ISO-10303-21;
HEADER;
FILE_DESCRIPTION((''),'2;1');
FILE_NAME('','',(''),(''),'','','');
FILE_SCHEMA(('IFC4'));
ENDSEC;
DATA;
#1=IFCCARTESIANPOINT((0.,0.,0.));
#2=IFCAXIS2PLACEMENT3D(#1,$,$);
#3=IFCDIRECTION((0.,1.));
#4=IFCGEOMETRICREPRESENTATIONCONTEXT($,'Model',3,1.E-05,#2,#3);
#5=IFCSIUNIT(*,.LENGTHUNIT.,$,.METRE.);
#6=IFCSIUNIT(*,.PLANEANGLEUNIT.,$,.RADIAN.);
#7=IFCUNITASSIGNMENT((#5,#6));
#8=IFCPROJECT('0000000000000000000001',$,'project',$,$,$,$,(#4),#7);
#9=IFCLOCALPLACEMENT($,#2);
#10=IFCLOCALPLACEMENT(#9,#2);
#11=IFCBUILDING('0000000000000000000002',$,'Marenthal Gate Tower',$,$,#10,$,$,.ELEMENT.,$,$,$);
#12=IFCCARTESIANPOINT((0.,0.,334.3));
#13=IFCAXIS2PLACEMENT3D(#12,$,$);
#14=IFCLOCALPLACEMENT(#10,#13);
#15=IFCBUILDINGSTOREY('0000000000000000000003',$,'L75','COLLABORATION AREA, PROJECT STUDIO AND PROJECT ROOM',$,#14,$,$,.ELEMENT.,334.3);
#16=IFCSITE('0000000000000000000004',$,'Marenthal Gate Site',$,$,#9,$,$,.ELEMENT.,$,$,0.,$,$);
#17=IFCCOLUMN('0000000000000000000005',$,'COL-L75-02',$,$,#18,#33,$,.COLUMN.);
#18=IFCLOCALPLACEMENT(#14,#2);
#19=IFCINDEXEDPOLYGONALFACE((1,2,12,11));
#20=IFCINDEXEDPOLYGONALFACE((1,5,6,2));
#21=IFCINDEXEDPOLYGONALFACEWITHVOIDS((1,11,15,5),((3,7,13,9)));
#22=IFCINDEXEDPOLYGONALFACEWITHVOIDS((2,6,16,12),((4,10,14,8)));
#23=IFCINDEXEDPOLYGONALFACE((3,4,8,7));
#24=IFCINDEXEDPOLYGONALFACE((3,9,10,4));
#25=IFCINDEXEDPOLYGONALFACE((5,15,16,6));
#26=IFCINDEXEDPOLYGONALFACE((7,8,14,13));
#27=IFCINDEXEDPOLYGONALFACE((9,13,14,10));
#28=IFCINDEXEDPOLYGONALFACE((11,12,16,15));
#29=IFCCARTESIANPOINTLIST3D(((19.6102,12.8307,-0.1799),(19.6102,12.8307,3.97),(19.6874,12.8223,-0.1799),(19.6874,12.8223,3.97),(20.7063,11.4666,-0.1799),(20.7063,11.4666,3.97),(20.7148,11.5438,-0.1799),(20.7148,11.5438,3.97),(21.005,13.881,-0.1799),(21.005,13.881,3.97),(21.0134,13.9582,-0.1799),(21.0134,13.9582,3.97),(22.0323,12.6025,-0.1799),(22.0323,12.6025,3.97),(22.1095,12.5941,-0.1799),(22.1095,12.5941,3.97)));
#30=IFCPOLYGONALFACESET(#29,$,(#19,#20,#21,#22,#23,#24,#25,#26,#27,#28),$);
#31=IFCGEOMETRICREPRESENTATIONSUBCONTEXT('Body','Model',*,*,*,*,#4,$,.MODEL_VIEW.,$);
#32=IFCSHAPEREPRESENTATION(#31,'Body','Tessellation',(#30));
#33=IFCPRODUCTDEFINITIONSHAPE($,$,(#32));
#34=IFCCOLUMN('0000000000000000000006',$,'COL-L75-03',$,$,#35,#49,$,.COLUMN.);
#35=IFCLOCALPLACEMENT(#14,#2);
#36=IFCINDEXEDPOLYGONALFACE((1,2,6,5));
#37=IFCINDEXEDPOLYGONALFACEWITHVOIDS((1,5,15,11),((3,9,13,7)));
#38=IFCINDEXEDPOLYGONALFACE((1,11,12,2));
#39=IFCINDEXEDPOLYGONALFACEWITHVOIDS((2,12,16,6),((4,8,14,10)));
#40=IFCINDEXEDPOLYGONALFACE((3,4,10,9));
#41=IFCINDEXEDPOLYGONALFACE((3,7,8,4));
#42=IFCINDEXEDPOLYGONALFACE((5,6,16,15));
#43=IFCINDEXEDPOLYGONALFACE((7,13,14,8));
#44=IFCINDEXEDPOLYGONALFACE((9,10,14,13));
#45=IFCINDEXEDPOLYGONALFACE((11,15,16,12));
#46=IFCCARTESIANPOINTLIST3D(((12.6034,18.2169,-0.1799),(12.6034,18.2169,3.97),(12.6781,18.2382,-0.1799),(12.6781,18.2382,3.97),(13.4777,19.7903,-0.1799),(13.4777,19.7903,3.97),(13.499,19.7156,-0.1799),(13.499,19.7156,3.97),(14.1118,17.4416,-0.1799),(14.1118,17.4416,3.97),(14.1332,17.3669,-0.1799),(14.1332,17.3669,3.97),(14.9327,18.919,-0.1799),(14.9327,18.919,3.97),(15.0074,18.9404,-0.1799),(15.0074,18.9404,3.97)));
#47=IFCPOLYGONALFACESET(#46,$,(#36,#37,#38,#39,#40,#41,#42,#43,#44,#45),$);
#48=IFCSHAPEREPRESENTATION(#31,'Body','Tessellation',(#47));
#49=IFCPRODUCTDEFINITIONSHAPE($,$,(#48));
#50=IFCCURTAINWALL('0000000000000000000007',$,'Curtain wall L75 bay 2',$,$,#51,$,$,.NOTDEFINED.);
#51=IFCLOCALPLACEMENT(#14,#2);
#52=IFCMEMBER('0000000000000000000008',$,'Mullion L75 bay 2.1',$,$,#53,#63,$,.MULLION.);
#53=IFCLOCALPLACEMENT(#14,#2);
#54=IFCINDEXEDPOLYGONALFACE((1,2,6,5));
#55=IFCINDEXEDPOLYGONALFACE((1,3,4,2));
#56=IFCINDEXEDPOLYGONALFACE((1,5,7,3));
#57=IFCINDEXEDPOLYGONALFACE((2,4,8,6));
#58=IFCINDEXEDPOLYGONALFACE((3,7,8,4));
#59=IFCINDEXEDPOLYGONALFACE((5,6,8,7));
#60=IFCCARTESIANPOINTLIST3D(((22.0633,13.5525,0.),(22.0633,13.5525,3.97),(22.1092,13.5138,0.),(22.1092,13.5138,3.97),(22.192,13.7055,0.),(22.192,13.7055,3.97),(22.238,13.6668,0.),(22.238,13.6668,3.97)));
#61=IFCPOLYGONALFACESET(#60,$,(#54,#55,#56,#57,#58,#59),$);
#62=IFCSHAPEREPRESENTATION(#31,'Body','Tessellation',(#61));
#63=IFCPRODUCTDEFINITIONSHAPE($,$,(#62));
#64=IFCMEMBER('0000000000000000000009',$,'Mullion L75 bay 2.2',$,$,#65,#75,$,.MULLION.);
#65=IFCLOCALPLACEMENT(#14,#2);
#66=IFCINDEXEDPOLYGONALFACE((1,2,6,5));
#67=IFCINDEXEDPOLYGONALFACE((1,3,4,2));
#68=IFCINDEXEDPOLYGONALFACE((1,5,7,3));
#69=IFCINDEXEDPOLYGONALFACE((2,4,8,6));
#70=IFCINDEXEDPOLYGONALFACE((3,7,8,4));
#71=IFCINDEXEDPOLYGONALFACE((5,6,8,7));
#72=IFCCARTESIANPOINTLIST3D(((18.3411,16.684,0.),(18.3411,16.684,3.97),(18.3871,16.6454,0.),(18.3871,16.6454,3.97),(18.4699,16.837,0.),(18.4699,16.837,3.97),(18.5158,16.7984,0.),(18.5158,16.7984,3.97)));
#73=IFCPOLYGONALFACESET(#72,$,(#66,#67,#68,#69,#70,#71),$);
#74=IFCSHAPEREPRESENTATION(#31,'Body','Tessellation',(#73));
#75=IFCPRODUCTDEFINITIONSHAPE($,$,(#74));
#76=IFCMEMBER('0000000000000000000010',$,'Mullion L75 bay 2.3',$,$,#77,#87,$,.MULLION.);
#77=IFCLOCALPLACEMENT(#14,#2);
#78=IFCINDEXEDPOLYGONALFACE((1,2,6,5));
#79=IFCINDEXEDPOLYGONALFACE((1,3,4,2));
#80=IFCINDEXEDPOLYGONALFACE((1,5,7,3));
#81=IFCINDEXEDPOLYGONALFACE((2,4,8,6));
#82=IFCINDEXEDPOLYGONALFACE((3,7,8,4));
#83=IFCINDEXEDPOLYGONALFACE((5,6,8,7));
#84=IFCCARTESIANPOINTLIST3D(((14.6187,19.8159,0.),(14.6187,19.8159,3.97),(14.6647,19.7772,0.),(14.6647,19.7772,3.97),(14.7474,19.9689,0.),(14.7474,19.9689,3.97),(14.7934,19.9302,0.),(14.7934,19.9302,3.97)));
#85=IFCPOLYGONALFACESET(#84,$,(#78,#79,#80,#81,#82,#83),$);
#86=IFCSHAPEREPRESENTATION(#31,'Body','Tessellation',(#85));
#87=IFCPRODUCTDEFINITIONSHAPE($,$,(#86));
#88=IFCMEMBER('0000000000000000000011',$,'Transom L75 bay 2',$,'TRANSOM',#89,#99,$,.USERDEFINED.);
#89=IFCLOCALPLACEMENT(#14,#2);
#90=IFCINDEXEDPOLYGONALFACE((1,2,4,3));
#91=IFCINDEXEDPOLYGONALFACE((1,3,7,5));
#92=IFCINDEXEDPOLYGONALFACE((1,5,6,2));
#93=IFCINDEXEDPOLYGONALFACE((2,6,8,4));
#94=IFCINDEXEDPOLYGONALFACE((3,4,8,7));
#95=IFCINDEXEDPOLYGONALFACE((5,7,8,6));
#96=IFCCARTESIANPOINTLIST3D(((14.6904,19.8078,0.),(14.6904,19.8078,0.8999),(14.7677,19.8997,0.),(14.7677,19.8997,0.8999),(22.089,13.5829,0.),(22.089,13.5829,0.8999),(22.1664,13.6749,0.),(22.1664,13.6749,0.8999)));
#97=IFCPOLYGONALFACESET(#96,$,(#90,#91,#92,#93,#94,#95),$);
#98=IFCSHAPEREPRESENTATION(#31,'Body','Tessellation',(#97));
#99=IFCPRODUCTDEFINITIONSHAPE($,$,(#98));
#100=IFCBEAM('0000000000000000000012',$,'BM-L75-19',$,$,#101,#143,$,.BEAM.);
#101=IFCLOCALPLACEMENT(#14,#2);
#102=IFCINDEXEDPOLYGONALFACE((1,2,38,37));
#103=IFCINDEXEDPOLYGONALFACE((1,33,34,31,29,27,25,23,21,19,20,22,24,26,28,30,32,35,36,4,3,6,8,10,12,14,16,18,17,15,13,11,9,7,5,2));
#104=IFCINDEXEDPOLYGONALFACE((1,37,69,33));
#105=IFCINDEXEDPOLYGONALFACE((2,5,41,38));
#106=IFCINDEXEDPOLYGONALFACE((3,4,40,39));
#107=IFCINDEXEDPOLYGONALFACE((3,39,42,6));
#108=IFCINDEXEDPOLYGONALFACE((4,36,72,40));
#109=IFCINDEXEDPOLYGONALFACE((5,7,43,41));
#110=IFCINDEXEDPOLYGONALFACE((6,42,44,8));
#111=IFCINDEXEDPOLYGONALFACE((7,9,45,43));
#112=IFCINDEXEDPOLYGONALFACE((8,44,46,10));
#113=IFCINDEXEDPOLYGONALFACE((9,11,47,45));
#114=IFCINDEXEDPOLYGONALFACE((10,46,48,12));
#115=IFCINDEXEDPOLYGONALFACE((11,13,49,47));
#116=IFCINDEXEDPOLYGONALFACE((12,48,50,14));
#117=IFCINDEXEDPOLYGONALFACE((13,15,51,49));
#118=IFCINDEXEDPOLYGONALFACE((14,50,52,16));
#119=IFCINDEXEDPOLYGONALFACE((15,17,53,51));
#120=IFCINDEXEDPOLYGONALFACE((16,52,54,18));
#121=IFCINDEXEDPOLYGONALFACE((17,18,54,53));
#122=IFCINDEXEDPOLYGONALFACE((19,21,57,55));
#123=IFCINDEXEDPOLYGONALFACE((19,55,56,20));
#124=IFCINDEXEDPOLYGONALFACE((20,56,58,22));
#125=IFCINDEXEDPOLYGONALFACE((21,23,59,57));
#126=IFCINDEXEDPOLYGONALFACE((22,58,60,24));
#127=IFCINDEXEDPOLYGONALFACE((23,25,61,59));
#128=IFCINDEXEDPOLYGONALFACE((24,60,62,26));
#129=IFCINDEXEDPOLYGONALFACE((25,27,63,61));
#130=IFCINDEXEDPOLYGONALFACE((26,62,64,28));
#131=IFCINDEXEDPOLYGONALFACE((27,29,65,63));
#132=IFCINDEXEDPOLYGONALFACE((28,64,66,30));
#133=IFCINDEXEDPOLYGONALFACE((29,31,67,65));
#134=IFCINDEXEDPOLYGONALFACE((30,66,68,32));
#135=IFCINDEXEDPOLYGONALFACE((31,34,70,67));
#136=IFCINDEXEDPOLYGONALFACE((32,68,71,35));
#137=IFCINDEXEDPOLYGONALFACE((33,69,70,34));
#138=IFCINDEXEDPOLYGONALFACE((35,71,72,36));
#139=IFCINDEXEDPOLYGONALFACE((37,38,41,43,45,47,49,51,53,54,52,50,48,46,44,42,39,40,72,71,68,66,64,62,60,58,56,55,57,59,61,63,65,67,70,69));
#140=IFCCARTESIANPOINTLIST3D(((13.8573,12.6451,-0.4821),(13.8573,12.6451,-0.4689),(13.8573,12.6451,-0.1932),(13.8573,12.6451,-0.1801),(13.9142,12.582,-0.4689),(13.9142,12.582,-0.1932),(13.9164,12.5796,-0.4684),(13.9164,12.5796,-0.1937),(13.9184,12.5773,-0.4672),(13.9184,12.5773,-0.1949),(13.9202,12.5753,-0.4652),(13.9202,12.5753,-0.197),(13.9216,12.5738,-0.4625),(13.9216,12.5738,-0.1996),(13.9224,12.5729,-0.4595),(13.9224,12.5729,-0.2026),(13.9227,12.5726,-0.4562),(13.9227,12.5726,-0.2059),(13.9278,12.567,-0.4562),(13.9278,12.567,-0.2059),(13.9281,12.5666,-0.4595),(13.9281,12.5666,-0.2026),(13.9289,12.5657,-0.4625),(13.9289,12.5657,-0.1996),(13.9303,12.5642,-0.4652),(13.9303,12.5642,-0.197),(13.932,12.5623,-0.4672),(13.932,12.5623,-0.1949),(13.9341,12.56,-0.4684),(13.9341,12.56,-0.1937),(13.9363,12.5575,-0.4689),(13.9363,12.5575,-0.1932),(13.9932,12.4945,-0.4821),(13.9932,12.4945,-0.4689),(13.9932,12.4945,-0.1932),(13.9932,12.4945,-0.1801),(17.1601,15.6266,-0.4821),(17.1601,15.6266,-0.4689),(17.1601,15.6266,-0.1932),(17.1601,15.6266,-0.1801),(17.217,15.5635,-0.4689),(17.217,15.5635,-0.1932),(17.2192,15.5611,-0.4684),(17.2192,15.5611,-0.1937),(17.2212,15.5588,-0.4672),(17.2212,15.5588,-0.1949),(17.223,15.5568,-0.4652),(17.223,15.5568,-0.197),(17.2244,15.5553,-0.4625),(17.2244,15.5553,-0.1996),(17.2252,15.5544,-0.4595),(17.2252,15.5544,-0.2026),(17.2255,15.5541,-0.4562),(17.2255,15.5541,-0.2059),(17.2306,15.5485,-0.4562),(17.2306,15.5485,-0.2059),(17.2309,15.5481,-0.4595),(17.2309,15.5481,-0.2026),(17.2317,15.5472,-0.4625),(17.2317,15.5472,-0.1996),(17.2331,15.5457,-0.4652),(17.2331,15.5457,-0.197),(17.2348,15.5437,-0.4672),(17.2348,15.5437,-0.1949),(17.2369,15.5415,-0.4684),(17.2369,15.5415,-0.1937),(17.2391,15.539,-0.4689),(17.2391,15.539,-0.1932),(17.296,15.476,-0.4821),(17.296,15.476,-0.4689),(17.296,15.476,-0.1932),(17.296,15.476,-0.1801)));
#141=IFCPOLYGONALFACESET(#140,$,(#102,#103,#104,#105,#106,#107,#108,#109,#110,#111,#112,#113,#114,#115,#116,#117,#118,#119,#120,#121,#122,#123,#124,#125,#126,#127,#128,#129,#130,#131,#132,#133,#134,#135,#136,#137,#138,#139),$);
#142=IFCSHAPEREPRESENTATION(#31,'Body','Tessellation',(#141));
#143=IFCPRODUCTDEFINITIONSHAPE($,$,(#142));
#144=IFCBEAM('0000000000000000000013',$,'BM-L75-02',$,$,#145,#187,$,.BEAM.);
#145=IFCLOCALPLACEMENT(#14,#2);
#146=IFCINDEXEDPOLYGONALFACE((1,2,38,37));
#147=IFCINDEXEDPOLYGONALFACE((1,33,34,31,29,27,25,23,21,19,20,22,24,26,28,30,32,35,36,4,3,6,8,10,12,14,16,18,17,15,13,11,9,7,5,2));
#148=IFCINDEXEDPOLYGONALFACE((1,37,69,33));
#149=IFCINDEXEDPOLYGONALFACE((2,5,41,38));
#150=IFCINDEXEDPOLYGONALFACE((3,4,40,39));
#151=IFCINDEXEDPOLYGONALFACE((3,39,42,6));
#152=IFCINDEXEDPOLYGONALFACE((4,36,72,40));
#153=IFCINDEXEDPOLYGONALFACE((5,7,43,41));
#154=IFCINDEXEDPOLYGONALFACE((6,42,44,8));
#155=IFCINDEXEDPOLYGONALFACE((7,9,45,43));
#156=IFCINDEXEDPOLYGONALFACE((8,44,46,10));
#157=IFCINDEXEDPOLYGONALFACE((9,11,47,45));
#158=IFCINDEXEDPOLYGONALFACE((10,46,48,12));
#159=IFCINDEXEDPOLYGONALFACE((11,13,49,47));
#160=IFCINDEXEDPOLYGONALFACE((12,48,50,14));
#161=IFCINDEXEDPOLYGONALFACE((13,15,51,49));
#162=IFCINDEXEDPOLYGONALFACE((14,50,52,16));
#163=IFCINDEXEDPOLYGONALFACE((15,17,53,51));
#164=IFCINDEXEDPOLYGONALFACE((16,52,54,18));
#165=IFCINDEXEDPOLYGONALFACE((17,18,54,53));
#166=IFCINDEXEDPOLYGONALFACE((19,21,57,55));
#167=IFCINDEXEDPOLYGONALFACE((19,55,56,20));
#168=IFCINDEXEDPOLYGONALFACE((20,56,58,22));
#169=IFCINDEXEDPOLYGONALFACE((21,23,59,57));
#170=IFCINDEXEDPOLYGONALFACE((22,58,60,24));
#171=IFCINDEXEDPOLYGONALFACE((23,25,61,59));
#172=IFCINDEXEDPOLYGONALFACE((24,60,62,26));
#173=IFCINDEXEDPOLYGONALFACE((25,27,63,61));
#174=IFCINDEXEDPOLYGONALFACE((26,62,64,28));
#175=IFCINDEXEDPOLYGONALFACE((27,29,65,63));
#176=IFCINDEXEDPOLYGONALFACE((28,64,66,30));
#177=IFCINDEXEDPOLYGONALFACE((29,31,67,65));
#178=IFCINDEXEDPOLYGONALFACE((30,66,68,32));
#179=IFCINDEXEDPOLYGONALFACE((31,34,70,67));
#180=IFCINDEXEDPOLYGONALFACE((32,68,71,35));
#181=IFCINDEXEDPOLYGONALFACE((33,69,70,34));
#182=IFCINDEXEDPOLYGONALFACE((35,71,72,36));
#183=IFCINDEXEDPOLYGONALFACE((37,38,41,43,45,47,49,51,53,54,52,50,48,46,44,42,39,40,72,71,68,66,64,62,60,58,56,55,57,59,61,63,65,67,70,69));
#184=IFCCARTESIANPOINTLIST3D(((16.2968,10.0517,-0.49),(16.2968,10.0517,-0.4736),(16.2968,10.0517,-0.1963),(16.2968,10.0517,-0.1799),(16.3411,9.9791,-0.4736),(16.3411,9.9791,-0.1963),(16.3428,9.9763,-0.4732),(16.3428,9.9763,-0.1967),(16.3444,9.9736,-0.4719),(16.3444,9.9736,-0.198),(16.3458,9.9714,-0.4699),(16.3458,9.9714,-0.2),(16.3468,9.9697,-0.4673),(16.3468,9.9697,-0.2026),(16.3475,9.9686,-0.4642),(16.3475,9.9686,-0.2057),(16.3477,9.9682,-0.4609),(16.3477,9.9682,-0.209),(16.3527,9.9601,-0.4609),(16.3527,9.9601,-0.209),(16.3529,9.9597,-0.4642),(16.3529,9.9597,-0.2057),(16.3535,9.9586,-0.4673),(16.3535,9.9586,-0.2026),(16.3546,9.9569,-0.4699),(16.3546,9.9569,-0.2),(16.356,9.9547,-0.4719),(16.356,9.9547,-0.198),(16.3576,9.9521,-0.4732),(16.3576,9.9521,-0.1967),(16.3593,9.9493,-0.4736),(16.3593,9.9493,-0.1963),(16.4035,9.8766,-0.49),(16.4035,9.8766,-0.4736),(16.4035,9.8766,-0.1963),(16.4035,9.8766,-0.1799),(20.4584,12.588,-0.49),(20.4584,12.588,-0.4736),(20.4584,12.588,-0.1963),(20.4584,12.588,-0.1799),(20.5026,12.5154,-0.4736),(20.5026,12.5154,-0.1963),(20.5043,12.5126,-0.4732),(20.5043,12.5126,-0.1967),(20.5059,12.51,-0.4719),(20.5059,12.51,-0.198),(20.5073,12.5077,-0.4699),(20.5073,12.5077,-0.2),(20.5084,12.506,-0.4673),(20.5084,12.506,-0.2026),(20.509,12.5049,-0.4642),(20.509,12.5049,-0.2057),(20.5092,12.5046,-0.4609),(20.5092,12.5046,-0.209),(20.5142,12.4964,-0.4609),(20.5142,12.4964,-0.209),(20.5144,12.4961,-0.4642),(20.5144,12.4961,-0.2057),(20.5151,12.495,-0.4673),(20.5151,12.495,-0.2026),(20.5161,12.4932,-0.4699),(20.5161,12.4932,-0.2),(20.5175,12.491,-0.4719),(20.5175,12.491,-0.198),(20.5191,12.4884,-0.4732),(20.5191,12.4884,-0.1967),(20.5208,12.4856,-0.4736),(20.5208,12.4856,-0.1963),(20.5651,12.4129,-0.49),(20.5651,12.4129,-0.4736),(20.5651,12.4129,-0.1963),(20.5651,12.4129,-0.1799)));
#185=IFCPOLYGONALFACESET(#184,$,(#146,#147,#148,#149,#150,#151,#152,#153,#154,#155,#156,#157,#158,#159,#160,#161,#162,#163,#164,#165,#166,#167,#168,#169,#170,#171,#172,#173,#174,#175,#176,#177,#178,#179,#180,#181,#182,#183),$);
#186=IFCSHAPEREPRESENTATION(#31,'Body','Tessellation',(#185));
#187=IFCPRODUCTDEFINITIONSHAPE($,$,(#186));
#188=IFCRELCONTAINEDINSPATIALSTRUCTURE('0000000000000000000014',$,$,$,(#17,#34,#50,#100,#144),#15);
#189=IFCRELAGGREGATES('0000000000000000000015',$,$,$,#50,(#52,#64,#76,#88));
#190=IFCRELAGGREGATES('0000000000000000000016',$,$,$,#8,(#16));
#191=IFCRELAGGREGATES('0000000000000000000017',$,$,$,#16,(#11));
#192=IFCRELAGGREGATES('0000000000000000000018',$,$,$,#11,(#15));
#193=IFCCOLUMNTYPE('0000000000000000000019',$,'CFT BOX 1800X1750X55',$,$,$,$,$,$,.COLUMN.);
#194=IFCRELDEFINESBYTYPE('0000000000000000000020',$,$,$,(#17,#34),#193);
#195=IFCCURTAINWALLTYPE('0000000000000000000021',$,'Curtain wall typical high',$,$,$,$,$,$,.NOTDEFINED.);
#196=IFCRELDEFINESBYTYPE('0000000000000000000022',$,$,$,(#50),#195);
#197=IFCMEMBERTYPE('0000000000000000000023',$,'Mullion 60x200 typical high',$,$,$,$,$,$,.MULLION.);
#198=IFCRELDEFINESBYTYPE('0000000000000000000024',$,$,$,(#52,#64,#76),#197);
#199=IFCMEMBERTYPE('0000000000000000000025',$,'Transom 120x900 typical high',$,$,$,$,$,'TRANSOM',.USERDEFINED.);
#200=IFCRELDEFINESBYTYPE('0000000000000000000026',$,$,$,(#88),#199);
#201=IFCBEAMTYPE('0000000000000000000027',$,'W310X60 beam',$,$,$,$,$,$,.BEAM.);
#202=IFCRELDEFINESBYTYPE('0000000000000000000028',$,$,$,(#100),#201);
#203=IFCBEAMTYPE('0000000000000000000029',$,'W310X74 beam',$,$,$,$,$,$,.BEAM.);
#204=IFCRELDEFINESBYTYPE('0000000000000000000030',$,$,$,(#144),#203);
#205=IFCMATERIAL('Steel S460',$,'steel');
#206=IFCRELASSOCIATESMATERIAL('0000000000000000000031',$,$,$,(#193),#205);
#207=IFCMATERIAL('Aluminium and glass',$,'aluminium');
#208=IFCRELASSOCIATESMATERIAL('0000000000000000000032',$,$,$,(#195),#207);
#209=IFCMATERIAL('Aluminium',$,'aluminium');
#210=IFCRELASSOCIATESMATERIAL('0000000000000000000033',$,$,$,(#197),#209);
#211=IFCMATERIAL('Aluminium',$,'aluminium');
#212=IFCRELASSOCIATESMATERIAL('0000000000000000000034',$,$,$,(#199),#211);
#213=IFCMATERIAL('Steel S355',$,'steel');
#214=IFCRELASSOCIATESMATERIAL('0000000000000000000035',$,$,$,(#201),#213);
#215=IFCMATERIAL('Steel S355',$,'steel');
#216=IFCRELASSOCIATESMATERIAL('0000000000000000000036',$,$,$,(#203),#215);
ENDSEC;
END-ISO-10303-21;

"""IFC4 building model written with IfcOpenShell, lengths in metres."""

from ifc_helpers import new_model, si_unit, direction, frame, origin, origin_2d, place, context, subcontext, project, spatial, rectangle, hollow_rectangle, i_section, extrude, material, material_profile, profile_set, type_object, element, aggregate, save


model = new_model("IFC4")

# Units and contexts
model_context = context("Model", 3, precision=1e-05, world=origin(), true_north=direction((0.0, 1.0)))
body_context = subcontext(model_context, "Body", "Model", "MODEL_VIEW")
ifc_project = project(units=[si_unit("LENGTHUNIT", "METRE"), si_unit("PLANEANGLEUNIT", "RADIAN")], contexts=[model_context])

# Site, building, storey
site_placement = place(None, origin())
site = spatial("IfcSite", under=ifc_project, at=site_placement, Name="Marenthal Gate Site", CompositionType="ELEMENT", RefElevation=0.0)
building_placement = place(site_placement, origin())
building = spatial("IfcBuilding", under=site, at=building_placement, Name="Marenthal Gate Tower", CompositionType="ELEMENT")
storey_placement = place(building_placement, frame((0.0, 0.0, 334.3)))
storey = spatial("IfcBuildingStorey", under=building, at=storey_placement, Name="L75", Description="COLLABORATION AREA, PROJECT STUDIO AND PROJECT ROOM", CompositionType="ELEMENT", Elevation=334.3)

# Columns
ifc_material_1 = material(Name="Steel S460", Category="steel")
ifc_material_profile_1 = material_profile(ifc_material_1, hollow_rectangle(XDim=1.75, YDim=1.8, WallThickness=0.0549, at=origin_2d()), Name="CFT BOX 1800X1750X55")
ifc_material_2 = material(Name="Concrete 70 MPa", Category="concrete")
ifc_material_profile_2 = material_profile(ifc_material_2, rectangle(XDim=1.6399, YDim=1.6899, at=origin_2d()), Name="CFT BOX 1800X1750X55 INFILL")
ifc_profile_set_1 = profile_set([ifc_material_profile_1, ifc_material_profile_2], Name="Steel S460 shell, Concrete 70 MPa infill")
column_type = type_object("IfcColumnType", Name="CFT BOX 1800X1750X55", PredefinedType="COLUMN", material=ifc_profile_set_1)
for number, where, z_axis, x_axis, name in (
    (1, (20.8599, 12.7124, -0.1799), (0.0, 0.0, 1.0), (0.626371, -0.779525, 0.0), "COL-L75-02"),
    (2, (13.8054, 18.5786, -0.1799), (0.0, 0.0, 1.0), (0.874131, -0.48569, 0.0), "COL-L75-03"),
):
    element("IfcColumn", number, at=place(storey_placement, frame(where, z_axis=z_axis, x_axis=x_axis)), inside=storey, type_object=column_type, Name=name, PredefinedType="COLUMN", context=body_context, shape_type="SweptSolid", body=[
        extrude(hollow_rectangle(XDim=1.75, YDim=1.8, WallThickness=0.0549, at=origin_2d()), origin(), (0.0, 0.0, 1.0), 4.1499),
    ])

# Curtain wall, members
ifc_material_3 = material(Name="Aluminium and glass", Category="aluminium")
curtain_wall_type = type_object("IfcCurtainWallType", Name="Curtain wall typical high", PredefinedType="NOTDEFINED", material=ifc_material_3)
curtain_wall_placement = place(storey_placement, origin())
curtain_wall = element("IfcCurtainWall", 3, at=curtain_wall_placement, inside=storey, type_object=curtain_wall_type, Name="Curtain wall L75 bay 2", PredefinedType="NOTDEFINED")
ifc_material_4 = material(Name="Aluminium", Category="aluminium")
ifc_material_profile_3 = material_profile(ifc_material_4, rectangle(XDim=0.2, YDim=0.0601, at=origin_2d()), Name="60x200 aluminium mullion")
ifc_profile_set_2 = profile_set([ifc_material_profile_3], Name="Aluminium")
member_type_1 = type_object("IfcMemberType", Name="Mullion 60x200 typical high", PredefinedType="MULLION", material=ifc_profile_set_2)
member_1_placement = place(storey_placement, frame((22.1506, 13.6096, 0.0), z_axis=(0.0, 0.0, 1.0), x_axis=(-0.643801, -0.765193, 0.0)))
member_1 = element("IfcMember", 4, at=member_1_placement, type_object=member_type_1, Name="Mullion L75 bay 2.1", PredefinedType="MULLION", context=body_context, shape_type="SweptSolid", body=[
    extrude(rectangle(XDim=0.2, YDim=0.0601, at=origin_2d()), origin(), (0.0, 0.0, 1.0), 3.97),
])
member_2_placement = place(storey_placement, frame((18.4285, 16.7412, 0.0), z_axis=(0.0, 0.0, 1.0), x_axis=(-0.643801, -0.765193, 0.0)))
member_2 = element("IfcMember", 5, at=member_2_placement, type_object=member_type_1, Name="Mullion L75 bay 2.2", PredefinedType="MULLION", context=body_context, shape_type="SweptSolid", body=[
    extrude(rectangle(XDim=0.2, YDim=0.0601, at=origin_2d()), origin(), (0.0, 0.0, 1.0), 3.97),
])
member_3_placement = place(storey_placement, frame((14.7061, 19.873, 0.0), z_axis=(0.0, 0.0, 1.0), x_axis=(-0.643801, -0.765193, 0.0)))
member_3 = element("IfcMember", 6, at=member_3_placement, type_object=member_type_1, Name="Mullion L75 bay 2.3", PredefinedType="MULLION", context=body_context, shape_type="SweptSolid", body=[
    extrude(rectangle(XDim=0.2, YDim=0.0601, at=origin_2d()), origin(), (0.0, 0.0, 1.0), 3.97),
])
ifc_material_5 = material(Name="Aluminium", Category="aluminium")
ifc_material_profile_4 = material_profile(ifc_material_5, rectangle(XDim=0.1201, YDim=0.8999, at=origin_2d()), Name="120x900 aluminium transom")
ifc_profile_set_3 = profile_set([ifc_material_profile_4], Name="Aluminium")
member_type_2 = type_object("IfcMemberType", Name="Transom 120x900 typical high", ElementType="TRANSOM", PredefinedType="USERDEFINED", material=ifc_profile_set_3)
member_4_placement = place(storey_placement, frame((22.1277, 13.6289, 0.45), z_axis=(-0.765197, 0.643796, 0.0), x_axis=(-0.643796, -0.765197, 0.0)))
member_4 = element("IfcMember", 7, at=member_4_placement, type_object=member_type_2, Name="Transom L75 bay 2", ObjectType="TRANSOM", PredefinedType="USERDEFINED", context=body_context, shape_type="SweptSolid", body=[
    extrude(rectangle(XDim=0.1201, YDim=0.8999, at=origin_2d()), origin(), (0.0, 0.0, 1.0), 9.6689),
])

# Beams
ifc_material_6 = material(Name="Steel S355", Category="steel")
ifc_material_profile_5 = material_profile(ifc_material_6, i_section(OverallWidth=0.2029, OverallDepth=0.302, WebThickness=0.0076, FlangeThickness=0.0132, FilletRadius=0.0127, at=origin_2d()), Name="W310X60")
ifc_profile_set_4 = profile_set([ifc_material_profile_5], Name="Steel S355")
beam_type_1 = type_object("IfcBeamType", Name="W310X60 beam", PredefinedType="BEAM", material=ifc_profile_set_4)
beam_1_placement = place(storey_placement, frame((17.228, 15.5513, -0.3311), z_axis=(-0.742289, -0.67008, 0.0), x_axis=(0.67008, -0.742289, 0.0)))
element("IfcBeam", 8, at=beam_1_placement, inside=storey, type_object=beam_type_1, Name="BM-L75-19", PredefinedType="BEAM", context=body_context, shape_type="SweptSolid", body=[
    extrude(i_section(OverallWidth=0.2029, OverallDepth=0.302, WebThickness=0.0076, FlangeThickness=0.0132, FilletRadius=0.0127, at=origin_2d()), origin(), (0.0, 0.0, 1.0), 4.4495),
])
ifc_material_7 = material(Name="Steel S355", Category="steel")
ifc_material_profile_6 = material_profile(ifc_material_7, i_section(OverallWidth=0.2051, OverallDepth=0.3101, WebThickness=0.0095, FlangeThickness=0.0164, FilletRadius=0.0127, at=origin_2d()), Name="W310X74")
ifc_profile_set_5 = profile_set([ifc_material_profile_6], Name="Steel S355")
beam_type_2 = type_object("IfcBeamType", Name="W310X74 beam", PredefinedType="BEAM", material=ifc_profile_set_5)
beam_2_placement = place(storey_placement, frame((20.5117, 12.5005, -0.335), z_axis=(-0.853905, -0.520428, 0.0), x_axis=(0.520428, -0.853905, 0.0)))
element("IfcBeam", 9, at=beam_2_placement, inside=storey, type_object=beam_type_2, Name="BM-L75-02", PredefinedType="BEAM", context=body_context, shape_type="SweptSolid", body=[
    extrude(i_section(OverallWidth=0.2051, OverallDepth=0.3101, WebThickness=0.0095, FlangeThickness=0.0164, FilletRadius=0.0127, at=origin_2d()), origin(), (0.0, 0.0, 1.0), 4.8735),
])

aggregate(curtain_wall, [member_1, member_2, member_3, member_4])

save(model, "model.ifc")
